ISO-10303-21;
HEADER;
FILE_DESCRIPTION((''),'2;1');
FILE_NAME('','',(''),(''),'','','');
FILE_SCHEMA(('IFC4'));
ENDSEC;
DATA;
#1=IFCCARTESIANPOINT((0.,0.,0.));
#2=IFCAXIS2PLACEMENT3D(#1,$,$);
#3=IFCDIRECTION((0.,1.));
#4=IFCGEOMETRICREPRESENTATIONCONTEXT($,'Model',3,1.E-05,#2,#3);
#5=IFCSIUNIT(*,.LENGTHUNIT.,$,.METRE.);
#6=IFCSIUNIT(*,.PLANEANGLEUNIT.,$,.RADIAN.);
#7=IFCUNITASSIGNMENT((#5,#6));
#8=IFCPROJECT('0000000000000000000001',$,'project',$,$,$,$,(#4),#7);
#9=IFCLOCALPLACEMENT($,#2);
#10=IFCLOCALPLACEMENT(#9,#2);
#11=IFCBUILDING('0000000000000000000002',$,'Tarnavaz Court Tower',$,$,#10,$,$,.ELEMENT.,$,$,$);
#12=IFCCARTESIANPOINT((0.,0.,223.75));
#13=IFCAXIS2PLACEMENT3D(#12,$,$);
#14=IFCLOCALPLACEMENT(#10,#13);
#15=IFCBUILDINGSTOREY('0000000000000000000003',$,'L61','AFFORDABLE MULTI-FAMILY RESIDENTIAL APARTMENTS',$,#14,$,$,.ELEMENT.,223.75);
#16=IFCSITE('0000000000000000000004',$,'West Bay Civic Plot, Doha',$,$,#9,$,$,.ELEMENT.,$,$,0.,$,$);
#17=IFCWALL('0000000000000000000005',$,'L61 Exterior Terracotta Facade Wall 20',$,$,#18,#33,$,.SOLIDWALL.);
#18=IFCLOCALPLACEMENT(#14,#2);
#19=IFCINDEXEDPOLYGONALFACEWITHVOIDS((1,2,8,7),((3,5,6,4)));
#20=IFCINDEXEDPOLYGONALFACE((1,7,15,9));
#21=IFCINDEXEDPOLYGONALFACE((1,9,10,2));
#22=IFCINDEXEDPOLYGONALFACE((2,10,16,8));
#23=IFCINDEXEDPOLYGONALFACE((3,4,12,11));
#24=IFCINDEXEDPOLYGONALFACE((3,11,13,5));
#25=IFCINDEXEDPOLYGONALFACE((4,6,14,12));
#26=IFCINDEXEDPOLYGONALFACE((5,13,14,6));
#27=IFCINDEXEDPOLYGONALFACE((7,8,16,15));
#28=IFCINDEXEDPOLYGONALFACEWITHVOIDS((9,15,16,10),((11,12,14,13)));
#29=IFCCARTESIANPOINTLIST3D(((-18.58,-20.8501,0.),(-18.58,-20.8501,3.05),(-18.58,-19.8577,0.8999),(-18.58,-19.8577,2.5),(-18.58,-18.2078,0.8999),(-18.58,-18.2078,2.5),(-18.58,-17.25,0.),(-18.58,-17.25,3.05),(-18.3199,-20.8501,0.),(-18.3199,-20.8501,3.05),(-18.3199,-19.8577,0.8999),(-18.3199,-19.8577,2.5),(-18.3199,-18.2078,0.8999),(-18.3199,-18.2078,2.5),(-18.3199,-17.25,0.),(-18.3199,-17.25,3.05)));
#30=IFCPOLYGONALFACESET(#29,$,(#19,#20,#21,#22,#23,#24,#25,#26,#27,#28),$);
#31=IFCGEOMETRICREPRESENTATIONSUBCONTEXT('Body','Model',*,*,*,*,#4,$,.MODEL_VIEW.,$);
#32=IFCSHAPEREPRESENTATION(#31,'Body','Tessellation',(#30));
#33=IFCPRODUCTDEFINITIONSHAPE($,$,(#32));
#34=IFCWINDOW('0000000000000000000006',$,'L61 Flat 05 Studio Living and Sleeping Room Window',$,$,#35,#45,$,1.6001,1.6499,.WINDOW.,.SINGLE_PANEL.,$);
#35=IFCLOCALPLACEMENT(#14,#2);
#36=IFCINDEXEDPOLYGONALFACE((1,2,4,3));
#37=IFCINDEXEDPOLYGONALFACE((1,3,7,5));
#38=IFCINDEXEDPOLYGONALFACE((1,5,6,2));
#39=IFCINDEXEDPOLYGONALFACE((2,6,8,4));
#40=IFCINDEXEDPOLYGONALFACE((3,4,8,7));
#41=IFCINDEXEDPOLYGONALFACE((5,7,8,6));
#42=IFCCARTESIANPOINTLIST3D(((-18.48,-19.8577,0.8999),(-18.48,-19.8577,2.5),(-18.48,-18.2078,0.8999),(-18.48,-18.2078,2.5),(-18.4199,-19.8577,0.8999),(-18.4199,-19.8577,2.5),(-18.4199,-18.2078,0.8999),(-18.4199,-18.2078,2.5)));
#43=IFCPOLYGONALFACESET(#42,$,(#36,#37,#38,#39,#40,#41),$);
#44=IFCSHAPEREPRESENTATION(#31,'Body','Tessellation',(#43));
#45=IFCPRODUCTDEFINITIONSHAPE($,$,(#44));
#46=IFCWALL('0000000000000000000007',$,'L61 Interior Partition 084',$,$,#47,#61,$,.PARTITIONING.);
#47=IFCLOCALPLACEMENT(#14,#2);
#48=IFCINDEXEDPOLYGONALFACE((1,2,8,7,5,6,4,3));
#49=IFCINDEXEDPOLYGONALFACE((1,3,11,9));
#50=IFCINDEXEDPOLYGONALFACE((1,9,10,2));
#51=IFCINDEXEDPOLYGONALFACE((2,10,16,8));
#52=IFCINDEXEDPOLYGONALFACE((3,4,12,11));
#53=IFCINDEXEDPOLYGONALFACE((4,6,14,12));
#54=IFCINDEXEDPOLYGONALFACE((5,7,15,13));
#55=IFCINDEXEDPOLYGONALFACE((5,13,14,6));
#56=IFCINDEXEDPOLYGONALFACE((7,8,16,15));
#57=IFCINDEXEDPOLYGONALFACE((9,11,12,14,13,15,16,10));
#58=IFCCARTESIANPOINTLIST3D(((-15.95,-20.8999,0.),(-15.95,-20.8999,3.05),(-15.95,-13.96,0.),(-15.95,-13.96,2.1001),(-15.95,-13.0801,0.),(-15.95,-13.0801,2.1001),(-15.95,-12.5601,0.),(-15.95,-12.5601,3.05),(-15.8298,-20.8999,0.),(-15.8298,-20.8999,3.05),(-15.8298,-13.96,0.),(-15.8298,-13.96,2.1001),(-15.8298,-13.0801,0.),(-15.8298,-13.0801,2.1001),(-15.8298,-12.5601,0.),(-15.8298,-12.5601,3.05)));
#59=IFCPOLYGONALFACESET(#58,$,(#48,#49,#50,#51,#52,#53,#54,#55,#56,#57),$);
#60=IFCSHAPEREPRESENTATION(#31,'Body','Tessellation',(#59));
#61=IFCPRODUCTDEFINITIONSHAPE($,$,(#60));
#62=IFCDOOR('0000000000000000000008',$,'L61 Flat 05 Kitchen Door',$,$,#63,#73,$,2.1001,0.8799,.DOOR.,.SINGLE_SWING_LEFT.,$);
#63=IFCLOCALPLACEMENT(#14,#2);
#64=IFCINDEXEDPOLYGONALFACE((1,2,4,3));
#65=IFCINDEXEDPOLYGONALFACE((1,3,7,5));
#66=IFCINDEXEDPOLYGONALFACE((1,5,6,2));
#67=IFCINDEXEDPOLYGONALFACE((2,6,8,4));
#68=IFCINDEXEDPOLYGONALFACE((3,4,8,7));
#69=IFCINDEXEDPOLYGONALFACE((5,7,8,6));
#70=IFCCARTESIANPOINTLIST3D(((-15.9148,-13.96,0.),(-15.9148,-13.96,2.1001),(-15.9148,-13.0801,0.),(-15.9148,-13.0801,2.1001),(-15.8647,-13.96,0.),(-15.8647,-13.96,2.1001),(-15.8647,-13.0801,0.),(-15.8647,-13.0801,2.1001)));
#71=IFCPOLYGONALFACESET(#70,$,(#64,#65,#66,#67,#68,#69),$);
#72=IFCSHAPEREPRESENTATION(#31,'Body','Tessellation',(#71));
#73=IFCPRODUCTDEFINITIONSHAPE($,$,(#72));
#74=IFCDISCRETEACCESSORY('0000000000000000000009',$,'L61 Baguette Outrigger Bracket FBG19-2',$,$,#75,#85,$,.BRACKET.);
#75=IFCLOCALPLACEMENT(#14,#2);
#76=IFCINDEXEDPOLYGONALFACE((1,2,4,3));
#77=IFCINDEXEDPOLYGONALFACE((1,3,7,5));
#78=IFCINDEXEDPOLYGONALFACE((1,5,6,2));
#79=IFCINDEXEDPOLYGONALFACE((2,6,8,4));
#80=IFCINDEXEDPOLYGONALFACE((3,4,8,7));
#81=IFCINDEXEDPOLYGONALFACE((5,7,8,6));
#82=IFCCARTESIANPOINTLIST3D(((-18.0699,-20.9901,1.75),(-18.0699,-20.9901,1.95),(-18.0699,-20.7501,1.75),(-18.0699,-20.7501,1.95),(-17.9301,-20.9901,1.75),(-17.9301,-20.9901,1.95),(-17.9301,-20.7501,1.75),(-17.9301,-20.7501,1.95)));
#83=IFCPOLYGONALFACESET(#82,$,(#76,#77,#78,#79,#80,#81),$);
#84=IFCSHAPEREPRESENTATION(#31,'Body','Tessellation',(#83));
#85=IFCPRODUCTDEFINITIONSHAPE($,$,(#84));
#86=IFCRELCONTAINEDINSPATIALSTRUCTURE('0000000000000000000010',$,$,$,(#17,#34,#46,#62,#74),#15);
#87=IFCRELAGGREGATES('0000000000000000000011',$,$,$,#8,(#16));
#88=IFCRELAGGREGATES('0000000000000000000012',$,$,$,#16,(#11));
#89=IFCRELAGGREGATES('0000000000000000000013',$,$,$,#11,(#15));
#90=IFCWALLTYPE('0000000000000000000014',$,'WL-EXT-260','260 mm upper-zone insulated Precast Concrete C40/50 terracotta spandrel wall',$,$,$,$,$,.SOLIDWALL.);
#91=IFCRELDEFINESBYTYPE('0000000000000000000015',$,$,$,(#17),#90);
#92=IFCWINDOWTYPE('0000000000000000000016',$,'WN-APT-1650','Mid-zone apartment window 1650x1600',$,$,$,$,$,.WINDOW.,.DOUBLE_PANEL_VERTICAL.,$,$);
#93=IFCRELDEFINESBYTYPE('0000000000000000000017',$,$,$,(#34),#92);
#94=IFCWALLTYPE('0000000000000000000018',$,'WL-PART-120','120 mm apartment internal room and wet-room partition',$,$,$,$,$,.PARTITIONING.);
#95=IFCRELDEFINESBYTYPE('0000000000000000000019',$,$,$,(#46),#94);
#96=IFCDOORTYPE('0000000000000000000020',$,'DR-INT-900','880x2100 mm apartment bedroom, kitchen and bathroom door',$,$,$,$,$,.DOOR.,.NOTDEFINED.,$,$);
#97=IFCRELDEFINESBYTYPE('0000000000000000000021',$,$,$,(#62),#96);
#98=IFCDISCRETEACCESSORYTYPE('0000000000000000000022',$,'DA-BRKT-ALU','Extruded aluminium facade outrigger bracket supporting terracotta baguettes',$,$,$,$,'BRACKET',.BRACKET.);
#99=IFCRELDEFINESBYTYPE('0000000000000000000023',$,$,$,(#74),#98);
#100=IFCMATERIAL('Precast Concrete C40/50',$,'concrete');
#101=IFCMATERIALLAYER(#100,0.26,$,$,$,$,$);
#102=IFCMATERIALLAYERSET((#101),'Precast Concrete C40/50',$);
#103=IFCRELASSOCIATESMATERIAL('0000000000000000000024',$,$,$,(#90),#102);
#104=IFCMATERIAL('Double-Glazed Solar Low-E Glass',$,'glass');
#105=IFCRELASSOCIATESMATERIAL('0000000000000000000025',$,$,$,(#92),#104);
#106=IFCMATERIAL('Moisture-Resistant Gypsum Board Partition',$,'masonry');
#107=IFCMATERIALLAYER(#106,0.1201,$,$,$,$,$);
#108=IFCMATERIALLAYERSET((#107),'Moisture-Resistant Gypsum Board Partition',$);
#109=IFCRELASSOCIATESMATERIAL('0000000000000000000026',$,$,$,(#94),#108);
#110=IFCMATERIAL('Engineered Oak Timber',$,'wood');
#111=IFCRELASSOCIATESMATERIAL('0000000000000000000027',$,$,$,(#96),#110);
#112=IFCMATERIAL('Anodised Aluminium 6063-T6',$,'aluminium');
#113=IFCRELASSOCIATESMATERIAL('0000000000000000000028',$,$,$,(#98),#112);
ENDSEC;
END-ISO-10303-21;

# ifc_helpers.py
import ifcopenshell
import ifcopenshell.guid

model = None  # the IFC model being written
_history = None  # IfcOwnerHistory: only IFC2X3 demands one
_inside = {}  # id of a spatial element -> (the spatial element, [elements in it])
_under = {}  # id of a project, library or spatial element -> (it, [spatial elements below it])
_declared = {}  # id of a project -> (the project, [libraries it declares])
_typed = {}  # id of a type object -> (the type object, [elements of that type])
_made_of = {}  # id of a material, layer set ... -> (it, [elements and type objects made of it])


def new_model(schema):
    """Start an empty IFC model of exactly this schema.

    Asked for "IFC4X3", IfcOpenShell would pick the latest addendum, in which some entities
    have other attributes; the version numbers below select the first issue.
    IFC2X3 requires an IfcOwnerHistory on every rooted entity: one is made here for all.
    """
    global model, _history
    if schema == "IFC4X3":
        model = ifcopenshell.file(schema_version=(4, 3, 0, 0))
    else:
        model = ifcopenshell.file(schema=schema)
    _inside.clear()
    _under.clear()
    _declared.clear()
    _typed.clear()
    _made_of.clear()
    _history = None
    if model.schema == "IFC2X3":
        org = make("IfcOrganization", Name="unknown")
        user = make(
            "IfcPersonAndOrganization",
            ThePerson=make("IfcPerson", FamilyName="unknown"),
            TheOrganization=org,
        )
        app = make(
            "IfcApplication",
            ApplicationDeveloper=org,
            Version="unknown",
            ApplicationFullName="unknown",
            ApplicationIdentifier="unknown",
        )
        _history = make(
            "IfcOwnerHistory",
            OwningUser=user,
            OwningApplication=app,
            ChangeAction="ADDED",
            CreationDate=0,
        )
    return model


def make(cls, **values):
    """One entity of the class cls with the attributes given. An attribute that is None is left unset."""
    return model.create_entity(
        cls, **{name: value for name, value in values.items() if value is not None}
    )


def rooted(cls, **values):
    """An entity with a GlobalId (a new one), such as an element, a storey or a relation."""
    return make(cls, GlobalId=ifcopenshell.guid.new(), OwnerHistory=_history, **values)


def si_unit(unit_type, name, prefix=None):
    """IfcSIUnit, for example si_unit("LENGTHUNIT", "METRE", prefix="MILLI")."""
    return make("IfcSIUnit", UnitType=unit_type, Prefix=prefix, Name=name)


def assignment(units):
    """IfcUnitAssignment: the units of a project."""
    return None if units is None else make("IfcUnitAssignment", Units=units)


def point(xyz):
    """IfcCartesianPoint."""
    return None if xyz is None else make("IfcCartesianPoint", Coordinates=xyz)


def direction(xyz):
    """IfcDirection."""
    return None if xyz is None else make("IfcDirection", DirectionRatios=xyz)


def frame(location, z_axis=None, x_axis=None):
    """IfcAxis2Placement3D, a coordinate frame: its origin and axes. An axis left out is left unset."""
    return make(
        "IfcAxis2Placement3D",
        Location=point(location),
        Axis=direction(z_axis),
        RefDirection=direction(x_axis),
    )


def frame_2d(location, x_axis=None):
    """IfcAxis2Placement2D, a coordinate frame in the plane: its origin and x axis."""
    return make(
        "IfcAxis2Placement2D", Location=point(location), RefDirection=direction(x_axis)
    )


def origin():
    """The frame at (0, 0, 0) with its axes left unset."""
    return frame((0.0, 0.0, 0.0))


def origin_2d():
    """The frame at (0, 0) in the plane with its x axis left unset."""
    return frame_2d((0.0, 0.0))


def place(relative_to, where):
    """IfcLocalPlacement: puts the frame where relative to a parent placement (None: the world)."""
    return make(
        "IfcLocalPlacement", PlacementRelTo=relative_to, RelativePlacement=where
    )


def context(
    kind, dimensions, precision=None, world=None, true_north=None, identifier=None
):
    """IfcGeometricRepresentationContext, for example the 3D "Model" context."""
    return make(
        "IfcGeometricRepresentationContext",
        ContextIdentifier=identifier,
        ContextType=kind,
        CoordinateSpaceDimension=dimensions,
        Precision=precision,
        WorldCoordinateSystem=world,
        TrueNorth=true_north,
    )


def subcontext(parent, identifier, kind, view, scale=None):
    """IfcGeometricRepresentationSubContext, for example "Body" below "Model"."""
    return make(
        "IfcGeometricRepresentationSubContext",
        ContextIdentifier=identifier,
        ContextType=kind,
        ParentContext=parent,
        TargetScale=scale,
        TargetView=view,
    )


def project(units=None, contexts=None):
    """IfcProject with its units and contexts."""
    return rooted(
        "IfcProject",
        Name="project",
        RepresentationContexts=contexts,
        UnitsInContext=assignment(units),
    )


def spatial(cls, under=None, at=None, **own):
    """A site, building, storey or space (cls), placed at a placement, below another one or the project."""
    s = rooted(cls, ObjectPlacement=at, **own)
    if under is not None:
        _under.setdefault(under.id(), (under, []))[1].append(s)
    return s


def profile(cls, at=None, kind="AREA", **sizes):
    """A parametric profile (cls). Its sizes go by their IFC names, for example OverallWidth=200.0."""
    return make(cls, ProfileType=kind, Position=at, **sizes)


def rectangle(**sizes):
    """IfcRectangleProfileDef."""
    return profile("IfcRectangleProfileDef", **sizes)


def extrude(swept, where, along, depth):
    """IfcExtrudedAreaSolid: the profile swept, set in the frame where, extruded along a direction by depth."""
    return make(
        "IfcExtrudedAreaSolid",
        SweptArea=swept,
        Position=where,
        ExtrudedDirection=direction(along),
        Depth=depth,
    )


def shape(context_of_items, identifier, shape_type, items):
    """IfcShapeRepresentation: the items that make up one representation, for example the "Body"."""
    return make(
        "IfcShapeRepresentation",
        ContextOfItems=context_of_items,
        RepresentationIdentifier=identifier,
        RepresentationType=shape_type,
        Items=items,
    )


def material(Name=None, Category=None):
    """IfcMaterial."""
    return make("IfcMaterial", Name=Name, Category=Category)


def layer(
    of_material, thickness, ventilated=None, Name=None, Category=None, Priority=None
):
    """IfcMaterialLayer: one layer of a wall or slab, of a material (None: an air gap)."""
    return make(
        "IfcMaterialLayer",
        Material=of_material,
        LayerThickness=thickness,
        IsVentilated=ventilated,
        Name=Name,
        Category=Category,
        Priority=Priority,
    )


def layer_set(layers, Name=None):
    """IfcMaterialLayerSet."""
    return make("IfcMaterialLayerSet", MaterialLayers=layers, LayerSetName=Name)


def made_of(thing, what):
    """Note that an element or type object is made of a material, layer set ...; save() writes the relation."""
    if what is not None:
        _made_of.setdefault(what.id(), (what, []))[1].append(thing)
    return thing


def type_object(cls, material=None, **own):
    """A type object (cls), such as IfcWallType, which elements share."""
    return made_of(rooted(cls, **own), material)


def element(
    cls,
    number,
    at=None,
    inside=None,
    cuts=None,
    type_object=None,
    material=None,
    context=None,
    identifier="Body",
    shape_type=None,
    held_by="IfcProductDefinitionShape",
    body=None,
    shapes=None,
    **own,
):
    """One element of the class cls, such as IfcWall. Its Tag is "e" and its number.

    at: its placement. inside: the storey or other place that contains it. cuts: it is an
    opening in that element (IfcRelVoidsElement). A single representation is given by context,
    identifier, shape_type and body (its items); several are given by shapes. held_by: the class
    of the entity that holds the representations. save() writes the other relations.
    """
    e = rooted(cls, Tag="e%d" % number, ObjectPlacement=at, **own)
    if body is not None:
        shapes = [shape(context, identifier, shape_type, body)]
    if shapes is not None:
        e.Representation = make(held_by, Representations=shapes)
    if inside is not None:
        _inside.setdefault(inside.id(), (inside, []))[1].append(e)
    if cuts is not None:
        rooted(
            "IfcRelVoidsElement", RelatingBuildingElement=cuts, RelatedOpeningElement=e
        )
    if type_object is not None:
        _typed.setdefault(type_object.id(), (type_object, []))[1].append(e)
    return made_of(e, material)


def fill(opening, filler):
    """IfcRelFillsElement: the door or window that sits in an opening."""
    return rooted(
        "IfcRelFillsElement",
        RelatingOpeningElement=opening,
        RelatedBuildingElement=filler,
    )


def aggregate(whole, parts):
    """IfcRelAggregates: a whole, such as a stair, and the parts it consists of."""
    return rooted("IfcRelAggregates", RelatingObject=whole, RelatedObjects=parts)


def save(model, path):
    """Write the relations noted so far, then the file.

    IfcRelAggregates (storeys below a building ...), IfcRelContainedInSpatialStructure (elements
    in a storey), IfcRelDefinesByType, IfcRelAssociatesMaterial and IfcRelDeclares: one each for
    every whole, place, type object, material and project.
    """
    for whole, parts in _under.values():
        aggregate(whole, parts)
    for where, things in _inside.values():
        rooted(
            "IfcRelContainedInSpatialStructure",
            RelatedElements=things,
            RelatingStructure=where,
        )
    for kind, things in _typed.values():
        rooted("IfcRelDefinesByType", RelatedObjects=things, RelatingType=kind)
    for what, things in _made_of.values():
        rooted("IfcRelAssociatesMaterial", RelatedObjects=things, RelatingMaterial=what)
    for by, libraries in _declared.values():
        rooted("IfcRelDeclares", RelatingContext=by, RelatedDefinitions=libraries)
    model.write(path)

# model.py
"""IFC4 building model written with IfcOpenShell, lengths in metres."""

from ifc_helpers import new_model, si_unit, direction, frame, frame_2d, origin, origin_2d, place, context, subcontext, project, spatial, rectangle, extrude, material, layer, layer_set, type_object, element, fill, save


model = new_model("IFC4")

# Units and contexts
model_context = context("Model", 3, precision=1e-05, world=origin(), true_north=direction((0.0, 1.0)))
body_context = subcontext(model_context, "Body", "Model", "MODEL_VIEW")
ifc_project = project(units=[si_unit("LENGTHUNIT", "METRE"), si_unit("PLANEANGLEUNIT", "RADIAN")], contexts=[model_context])

# Site, building, storey
site_placement = place(None, origin())
site = spatial("IfcSite", under=ifc_project, at=site_placement, Name="West Bay Civic Plot, Doha", CompositionType="ELEMENT", RefElevation=0.0)
building_placement = place(site_placement, origin())
building = spatial("IfcBuilding", under=site, at=building_placement, Name="Tarnavaz Court Tower", CompositionType="ELEMENT")
storey_placement = place(building_placement, frame((0.0, 0.0, 223.75)))
storey = spatial("IfcBuildingStorey", under=building, at=storey_placement, Name="L61", Description="AFFORDABLE MULTI-FAMILY RESIDENTIAL APARTMENTS", CompositionType="ELEMENT", Elevation=223.75)

# Shared definitions
ifc_material_1 = material(Name="Precast Concrete C40/50", Category="concrete")
ifc_layer_1 = layer(ifc_material_1, 0.26)
ifc_layer_set_1 = layer_set([ifc_layer_1], Name="Precast Concrete C40/50")
wall_type_1 = type_object("IfcWallType", Name="WL-EXT-260", Description="260 mm upper-zone insulated Precast Concrete C40/50 terracotta spandrel wall", PredefinedType="SOLIDWALL", material=ifc_layer_set_1)
ifc_material_2 = material(Name="Double-Glazed Solar Low-E Glass", Category="glass")

# Shared definitions
window_type_1 = type_object("IfcWindowType", Name="WN-APT-1650", Description="Mid-zone apartment window 1650x1600", PartitioningType="DOUBLE_PANEL_VERTICAL", PredefinedType="WINDOW", material=ifc_material_2)

# Wall, opening, window
wall_1_placement = place(storey_placement, frame((-18.45, -20.8501, 0.0), z_axis=(0.0, 0.0, 1.0), x_axis=(0.0, 1.0, 0.0)))
wall_1 = element("IfcWall", 1, at=wall_1_placement, inside=storey, type_object=wall_type_1, Name="L61 Exterior Terracotta Facade Wall 20", PredefinedType="SOLIDWALL", context=body_context, shape_type="SweptSolid", body=[
    extrude(rectangle(XDim=3.6001, YDim=0.26, at=frame_2d((1.8, 0.0))), origin(), (0.0, 0.0, 1.0), 3.05),
])
opening_1_placement = place(wall_1_placement, frame((0.9924, 0.0, 0.8999)))
opening_1 = element("IfcOpeningElement", 2, at=opening_1_placement, cuts=wall_1, PredefinedType="OPENING", context=body_context, shape_type="SweptSolid", body=[
    extrude(rectangle(XDim=1.6499, YDim=1.6001, at=frame_2d((0.825, 0.8))), frame((0.0, 0.1399, 0.0), z_axis=(0.0, -1.0, 0.0), x_axis=(1.0, 0.0, 0.0)), (0.0, 0.0, 1.0), 0.28),
])
window_1_placement = place(opening_1_placement, origin())
window_1 = element("IfcWindow", 3, at=window_1_placement, inside=storey, type_object=window_type_1, Name="L61 Flat 05 Studio Living and Sleeping Room Window", OverallHeight=1.6001, OverallWidth=1.6499, PartitioningType="SINGLE_PANEL", PredefinedType="WINDOW", context=body_context, shape_type="SweptSolid", body=[
    extrude(rectangle(XDim=1.6499, YDim=1.6001, at=frame_2d((0.825, 0.8))), frame((0.0, 0.03, 0.0), z_axis=(0.0, -1.0, 0.0), x_axis=(1.0, 0.0, 0.0)), (0.0, 0.0, 1.0), 0.0601),
])
fill(opening_1, window_1)

# Wall, opening, door
ifc_material_3 = material(Name="Moisture-Resistant Gypsum Board Partition", Category="masonry")
ifc_layer_2 = layer(ifc_material_3, 0.1201)
ifc_layer_set_2 = layer_set([ifc_layer_2], Name="Moisture-Resistant Gypsum Board Partition")
wall_type_2 = type_object("IfcWallType", Name="WL-PART-120", Description="120 mm apartment internal room and wet-room partition", PredefinedType="PARTITIONING", material=ifc_layer_set_2)
wall_2_placement = place(storey_placement, frame((-15.8899, -20.8999, 0.0), z_axis=(0.0, 0.0, 1.0), x_axis=(0.0, 1.0, 0.0)))
wall_2 = element("IfcWall", 4, at=wall_2_placement, inside=storey, type_object=wall_type_2, Name="L61 Interior Partition 084", PredefinedType="PARTITIONING", context=body_context, shape_type="SweptSolid", body=[
    extrude(rectangle(XDim=8.3398, YDim=0.1201, at=frame_2d((4.1699, 0.0))), origin(), (0.0, 0.0, 1.0), 3.05),
])
opening_2_placement = place(wall_2_placement, frame((6.9399, 0.0, 0.0)))
opening_2 = element("IfcOpeningElement", 5, at=opening_2_placement, cuts=wall_2, PredefinedType="OPENING", context=body_context, shape_type="SweptSolid", body=[
    extrude(rectangle(XDim=0.8799, YDim=2.1001, at=frame_2d((0.4399, 1.05))), frame((0.0, 0.0701, 0.0), z_axis=(0.0, -1.0, 0.0), x_axis=(1.0, 0.0, 0.0)), (0.0, 0.0, 1.0), 0.1401),
])
ifc_material_4 = material(Name="Engineered Oak Timber", Category="wood")
door_type = type_object("IfcDoorType", Name="DR-INT-900", Description="880x2100 mm apartment bedroom, kitchen and bathroom door", OperationType="NOTDEFINED", PredefinedType="DOOR", material=ifc_material_4)
door_placement = place(opening_2_placement, origin())
door = element("IfcDoor", 6, at=door_placement, inside=storey, type_object=door_type, Name="L61 Flat 05 Kitchen Door", OperationType="SINGLE_SWING_LEFT", OverallHeight=2.1001, OverallWidth=0.8799, PredefinedType="DOOR", context=body_context, shape_type="SweptSolid", body=[
    extrude(rectangle(XDim=0.8799, YDim=2.1001, at=frame_2d((0.4399, 1.05))), frame((0.0, 0.0249, 0.0), z_axis=(0.0, -1.0, 0.0), x_axis=(1.0, 0.0, 0.0)), (0.0, 0.0, 1.0), 0.05),
])
fill(opening_2, door)

# Discrete accessory
ifc_material_5 = material(Name="Anodised Aluminium 6063-T6", Category="aluminium")
discrete_accessory_type = type_object("IfcDiscreteAccessoryType", Name="DA-BRKT-ALU", Description="Extruded aluminium facade outrigger bracket supporting terracotta baguettes", ElementType="BRACKET", PredefinedType="BRACKET", material=ifc_material_5)
discrete_accessory_placement = place(storey_placement, frame((-18.0, -20.8701, 1.75), z_axis=(0.0, 0.0, 1.0), x_axis=(-1.0, 0.0, 0.0)))
element("IfcDiscreteAccessory", 7, at=discrete_accessory_placement, inside=storey, type_object=discrete_accessory_type, Name="L61 Baguette Outrigger Bracket FBG19-2", PredefinedType="BRACKET", context=body_context, shape_type="SweptSolid", body=[
    extrude(rectangle(XDim=0.1399, YDim=0.24, at=origin_2d()), origin(), (0.0, 0.0, 1.0), 0.2),
])

save(model, "model.ifc")
